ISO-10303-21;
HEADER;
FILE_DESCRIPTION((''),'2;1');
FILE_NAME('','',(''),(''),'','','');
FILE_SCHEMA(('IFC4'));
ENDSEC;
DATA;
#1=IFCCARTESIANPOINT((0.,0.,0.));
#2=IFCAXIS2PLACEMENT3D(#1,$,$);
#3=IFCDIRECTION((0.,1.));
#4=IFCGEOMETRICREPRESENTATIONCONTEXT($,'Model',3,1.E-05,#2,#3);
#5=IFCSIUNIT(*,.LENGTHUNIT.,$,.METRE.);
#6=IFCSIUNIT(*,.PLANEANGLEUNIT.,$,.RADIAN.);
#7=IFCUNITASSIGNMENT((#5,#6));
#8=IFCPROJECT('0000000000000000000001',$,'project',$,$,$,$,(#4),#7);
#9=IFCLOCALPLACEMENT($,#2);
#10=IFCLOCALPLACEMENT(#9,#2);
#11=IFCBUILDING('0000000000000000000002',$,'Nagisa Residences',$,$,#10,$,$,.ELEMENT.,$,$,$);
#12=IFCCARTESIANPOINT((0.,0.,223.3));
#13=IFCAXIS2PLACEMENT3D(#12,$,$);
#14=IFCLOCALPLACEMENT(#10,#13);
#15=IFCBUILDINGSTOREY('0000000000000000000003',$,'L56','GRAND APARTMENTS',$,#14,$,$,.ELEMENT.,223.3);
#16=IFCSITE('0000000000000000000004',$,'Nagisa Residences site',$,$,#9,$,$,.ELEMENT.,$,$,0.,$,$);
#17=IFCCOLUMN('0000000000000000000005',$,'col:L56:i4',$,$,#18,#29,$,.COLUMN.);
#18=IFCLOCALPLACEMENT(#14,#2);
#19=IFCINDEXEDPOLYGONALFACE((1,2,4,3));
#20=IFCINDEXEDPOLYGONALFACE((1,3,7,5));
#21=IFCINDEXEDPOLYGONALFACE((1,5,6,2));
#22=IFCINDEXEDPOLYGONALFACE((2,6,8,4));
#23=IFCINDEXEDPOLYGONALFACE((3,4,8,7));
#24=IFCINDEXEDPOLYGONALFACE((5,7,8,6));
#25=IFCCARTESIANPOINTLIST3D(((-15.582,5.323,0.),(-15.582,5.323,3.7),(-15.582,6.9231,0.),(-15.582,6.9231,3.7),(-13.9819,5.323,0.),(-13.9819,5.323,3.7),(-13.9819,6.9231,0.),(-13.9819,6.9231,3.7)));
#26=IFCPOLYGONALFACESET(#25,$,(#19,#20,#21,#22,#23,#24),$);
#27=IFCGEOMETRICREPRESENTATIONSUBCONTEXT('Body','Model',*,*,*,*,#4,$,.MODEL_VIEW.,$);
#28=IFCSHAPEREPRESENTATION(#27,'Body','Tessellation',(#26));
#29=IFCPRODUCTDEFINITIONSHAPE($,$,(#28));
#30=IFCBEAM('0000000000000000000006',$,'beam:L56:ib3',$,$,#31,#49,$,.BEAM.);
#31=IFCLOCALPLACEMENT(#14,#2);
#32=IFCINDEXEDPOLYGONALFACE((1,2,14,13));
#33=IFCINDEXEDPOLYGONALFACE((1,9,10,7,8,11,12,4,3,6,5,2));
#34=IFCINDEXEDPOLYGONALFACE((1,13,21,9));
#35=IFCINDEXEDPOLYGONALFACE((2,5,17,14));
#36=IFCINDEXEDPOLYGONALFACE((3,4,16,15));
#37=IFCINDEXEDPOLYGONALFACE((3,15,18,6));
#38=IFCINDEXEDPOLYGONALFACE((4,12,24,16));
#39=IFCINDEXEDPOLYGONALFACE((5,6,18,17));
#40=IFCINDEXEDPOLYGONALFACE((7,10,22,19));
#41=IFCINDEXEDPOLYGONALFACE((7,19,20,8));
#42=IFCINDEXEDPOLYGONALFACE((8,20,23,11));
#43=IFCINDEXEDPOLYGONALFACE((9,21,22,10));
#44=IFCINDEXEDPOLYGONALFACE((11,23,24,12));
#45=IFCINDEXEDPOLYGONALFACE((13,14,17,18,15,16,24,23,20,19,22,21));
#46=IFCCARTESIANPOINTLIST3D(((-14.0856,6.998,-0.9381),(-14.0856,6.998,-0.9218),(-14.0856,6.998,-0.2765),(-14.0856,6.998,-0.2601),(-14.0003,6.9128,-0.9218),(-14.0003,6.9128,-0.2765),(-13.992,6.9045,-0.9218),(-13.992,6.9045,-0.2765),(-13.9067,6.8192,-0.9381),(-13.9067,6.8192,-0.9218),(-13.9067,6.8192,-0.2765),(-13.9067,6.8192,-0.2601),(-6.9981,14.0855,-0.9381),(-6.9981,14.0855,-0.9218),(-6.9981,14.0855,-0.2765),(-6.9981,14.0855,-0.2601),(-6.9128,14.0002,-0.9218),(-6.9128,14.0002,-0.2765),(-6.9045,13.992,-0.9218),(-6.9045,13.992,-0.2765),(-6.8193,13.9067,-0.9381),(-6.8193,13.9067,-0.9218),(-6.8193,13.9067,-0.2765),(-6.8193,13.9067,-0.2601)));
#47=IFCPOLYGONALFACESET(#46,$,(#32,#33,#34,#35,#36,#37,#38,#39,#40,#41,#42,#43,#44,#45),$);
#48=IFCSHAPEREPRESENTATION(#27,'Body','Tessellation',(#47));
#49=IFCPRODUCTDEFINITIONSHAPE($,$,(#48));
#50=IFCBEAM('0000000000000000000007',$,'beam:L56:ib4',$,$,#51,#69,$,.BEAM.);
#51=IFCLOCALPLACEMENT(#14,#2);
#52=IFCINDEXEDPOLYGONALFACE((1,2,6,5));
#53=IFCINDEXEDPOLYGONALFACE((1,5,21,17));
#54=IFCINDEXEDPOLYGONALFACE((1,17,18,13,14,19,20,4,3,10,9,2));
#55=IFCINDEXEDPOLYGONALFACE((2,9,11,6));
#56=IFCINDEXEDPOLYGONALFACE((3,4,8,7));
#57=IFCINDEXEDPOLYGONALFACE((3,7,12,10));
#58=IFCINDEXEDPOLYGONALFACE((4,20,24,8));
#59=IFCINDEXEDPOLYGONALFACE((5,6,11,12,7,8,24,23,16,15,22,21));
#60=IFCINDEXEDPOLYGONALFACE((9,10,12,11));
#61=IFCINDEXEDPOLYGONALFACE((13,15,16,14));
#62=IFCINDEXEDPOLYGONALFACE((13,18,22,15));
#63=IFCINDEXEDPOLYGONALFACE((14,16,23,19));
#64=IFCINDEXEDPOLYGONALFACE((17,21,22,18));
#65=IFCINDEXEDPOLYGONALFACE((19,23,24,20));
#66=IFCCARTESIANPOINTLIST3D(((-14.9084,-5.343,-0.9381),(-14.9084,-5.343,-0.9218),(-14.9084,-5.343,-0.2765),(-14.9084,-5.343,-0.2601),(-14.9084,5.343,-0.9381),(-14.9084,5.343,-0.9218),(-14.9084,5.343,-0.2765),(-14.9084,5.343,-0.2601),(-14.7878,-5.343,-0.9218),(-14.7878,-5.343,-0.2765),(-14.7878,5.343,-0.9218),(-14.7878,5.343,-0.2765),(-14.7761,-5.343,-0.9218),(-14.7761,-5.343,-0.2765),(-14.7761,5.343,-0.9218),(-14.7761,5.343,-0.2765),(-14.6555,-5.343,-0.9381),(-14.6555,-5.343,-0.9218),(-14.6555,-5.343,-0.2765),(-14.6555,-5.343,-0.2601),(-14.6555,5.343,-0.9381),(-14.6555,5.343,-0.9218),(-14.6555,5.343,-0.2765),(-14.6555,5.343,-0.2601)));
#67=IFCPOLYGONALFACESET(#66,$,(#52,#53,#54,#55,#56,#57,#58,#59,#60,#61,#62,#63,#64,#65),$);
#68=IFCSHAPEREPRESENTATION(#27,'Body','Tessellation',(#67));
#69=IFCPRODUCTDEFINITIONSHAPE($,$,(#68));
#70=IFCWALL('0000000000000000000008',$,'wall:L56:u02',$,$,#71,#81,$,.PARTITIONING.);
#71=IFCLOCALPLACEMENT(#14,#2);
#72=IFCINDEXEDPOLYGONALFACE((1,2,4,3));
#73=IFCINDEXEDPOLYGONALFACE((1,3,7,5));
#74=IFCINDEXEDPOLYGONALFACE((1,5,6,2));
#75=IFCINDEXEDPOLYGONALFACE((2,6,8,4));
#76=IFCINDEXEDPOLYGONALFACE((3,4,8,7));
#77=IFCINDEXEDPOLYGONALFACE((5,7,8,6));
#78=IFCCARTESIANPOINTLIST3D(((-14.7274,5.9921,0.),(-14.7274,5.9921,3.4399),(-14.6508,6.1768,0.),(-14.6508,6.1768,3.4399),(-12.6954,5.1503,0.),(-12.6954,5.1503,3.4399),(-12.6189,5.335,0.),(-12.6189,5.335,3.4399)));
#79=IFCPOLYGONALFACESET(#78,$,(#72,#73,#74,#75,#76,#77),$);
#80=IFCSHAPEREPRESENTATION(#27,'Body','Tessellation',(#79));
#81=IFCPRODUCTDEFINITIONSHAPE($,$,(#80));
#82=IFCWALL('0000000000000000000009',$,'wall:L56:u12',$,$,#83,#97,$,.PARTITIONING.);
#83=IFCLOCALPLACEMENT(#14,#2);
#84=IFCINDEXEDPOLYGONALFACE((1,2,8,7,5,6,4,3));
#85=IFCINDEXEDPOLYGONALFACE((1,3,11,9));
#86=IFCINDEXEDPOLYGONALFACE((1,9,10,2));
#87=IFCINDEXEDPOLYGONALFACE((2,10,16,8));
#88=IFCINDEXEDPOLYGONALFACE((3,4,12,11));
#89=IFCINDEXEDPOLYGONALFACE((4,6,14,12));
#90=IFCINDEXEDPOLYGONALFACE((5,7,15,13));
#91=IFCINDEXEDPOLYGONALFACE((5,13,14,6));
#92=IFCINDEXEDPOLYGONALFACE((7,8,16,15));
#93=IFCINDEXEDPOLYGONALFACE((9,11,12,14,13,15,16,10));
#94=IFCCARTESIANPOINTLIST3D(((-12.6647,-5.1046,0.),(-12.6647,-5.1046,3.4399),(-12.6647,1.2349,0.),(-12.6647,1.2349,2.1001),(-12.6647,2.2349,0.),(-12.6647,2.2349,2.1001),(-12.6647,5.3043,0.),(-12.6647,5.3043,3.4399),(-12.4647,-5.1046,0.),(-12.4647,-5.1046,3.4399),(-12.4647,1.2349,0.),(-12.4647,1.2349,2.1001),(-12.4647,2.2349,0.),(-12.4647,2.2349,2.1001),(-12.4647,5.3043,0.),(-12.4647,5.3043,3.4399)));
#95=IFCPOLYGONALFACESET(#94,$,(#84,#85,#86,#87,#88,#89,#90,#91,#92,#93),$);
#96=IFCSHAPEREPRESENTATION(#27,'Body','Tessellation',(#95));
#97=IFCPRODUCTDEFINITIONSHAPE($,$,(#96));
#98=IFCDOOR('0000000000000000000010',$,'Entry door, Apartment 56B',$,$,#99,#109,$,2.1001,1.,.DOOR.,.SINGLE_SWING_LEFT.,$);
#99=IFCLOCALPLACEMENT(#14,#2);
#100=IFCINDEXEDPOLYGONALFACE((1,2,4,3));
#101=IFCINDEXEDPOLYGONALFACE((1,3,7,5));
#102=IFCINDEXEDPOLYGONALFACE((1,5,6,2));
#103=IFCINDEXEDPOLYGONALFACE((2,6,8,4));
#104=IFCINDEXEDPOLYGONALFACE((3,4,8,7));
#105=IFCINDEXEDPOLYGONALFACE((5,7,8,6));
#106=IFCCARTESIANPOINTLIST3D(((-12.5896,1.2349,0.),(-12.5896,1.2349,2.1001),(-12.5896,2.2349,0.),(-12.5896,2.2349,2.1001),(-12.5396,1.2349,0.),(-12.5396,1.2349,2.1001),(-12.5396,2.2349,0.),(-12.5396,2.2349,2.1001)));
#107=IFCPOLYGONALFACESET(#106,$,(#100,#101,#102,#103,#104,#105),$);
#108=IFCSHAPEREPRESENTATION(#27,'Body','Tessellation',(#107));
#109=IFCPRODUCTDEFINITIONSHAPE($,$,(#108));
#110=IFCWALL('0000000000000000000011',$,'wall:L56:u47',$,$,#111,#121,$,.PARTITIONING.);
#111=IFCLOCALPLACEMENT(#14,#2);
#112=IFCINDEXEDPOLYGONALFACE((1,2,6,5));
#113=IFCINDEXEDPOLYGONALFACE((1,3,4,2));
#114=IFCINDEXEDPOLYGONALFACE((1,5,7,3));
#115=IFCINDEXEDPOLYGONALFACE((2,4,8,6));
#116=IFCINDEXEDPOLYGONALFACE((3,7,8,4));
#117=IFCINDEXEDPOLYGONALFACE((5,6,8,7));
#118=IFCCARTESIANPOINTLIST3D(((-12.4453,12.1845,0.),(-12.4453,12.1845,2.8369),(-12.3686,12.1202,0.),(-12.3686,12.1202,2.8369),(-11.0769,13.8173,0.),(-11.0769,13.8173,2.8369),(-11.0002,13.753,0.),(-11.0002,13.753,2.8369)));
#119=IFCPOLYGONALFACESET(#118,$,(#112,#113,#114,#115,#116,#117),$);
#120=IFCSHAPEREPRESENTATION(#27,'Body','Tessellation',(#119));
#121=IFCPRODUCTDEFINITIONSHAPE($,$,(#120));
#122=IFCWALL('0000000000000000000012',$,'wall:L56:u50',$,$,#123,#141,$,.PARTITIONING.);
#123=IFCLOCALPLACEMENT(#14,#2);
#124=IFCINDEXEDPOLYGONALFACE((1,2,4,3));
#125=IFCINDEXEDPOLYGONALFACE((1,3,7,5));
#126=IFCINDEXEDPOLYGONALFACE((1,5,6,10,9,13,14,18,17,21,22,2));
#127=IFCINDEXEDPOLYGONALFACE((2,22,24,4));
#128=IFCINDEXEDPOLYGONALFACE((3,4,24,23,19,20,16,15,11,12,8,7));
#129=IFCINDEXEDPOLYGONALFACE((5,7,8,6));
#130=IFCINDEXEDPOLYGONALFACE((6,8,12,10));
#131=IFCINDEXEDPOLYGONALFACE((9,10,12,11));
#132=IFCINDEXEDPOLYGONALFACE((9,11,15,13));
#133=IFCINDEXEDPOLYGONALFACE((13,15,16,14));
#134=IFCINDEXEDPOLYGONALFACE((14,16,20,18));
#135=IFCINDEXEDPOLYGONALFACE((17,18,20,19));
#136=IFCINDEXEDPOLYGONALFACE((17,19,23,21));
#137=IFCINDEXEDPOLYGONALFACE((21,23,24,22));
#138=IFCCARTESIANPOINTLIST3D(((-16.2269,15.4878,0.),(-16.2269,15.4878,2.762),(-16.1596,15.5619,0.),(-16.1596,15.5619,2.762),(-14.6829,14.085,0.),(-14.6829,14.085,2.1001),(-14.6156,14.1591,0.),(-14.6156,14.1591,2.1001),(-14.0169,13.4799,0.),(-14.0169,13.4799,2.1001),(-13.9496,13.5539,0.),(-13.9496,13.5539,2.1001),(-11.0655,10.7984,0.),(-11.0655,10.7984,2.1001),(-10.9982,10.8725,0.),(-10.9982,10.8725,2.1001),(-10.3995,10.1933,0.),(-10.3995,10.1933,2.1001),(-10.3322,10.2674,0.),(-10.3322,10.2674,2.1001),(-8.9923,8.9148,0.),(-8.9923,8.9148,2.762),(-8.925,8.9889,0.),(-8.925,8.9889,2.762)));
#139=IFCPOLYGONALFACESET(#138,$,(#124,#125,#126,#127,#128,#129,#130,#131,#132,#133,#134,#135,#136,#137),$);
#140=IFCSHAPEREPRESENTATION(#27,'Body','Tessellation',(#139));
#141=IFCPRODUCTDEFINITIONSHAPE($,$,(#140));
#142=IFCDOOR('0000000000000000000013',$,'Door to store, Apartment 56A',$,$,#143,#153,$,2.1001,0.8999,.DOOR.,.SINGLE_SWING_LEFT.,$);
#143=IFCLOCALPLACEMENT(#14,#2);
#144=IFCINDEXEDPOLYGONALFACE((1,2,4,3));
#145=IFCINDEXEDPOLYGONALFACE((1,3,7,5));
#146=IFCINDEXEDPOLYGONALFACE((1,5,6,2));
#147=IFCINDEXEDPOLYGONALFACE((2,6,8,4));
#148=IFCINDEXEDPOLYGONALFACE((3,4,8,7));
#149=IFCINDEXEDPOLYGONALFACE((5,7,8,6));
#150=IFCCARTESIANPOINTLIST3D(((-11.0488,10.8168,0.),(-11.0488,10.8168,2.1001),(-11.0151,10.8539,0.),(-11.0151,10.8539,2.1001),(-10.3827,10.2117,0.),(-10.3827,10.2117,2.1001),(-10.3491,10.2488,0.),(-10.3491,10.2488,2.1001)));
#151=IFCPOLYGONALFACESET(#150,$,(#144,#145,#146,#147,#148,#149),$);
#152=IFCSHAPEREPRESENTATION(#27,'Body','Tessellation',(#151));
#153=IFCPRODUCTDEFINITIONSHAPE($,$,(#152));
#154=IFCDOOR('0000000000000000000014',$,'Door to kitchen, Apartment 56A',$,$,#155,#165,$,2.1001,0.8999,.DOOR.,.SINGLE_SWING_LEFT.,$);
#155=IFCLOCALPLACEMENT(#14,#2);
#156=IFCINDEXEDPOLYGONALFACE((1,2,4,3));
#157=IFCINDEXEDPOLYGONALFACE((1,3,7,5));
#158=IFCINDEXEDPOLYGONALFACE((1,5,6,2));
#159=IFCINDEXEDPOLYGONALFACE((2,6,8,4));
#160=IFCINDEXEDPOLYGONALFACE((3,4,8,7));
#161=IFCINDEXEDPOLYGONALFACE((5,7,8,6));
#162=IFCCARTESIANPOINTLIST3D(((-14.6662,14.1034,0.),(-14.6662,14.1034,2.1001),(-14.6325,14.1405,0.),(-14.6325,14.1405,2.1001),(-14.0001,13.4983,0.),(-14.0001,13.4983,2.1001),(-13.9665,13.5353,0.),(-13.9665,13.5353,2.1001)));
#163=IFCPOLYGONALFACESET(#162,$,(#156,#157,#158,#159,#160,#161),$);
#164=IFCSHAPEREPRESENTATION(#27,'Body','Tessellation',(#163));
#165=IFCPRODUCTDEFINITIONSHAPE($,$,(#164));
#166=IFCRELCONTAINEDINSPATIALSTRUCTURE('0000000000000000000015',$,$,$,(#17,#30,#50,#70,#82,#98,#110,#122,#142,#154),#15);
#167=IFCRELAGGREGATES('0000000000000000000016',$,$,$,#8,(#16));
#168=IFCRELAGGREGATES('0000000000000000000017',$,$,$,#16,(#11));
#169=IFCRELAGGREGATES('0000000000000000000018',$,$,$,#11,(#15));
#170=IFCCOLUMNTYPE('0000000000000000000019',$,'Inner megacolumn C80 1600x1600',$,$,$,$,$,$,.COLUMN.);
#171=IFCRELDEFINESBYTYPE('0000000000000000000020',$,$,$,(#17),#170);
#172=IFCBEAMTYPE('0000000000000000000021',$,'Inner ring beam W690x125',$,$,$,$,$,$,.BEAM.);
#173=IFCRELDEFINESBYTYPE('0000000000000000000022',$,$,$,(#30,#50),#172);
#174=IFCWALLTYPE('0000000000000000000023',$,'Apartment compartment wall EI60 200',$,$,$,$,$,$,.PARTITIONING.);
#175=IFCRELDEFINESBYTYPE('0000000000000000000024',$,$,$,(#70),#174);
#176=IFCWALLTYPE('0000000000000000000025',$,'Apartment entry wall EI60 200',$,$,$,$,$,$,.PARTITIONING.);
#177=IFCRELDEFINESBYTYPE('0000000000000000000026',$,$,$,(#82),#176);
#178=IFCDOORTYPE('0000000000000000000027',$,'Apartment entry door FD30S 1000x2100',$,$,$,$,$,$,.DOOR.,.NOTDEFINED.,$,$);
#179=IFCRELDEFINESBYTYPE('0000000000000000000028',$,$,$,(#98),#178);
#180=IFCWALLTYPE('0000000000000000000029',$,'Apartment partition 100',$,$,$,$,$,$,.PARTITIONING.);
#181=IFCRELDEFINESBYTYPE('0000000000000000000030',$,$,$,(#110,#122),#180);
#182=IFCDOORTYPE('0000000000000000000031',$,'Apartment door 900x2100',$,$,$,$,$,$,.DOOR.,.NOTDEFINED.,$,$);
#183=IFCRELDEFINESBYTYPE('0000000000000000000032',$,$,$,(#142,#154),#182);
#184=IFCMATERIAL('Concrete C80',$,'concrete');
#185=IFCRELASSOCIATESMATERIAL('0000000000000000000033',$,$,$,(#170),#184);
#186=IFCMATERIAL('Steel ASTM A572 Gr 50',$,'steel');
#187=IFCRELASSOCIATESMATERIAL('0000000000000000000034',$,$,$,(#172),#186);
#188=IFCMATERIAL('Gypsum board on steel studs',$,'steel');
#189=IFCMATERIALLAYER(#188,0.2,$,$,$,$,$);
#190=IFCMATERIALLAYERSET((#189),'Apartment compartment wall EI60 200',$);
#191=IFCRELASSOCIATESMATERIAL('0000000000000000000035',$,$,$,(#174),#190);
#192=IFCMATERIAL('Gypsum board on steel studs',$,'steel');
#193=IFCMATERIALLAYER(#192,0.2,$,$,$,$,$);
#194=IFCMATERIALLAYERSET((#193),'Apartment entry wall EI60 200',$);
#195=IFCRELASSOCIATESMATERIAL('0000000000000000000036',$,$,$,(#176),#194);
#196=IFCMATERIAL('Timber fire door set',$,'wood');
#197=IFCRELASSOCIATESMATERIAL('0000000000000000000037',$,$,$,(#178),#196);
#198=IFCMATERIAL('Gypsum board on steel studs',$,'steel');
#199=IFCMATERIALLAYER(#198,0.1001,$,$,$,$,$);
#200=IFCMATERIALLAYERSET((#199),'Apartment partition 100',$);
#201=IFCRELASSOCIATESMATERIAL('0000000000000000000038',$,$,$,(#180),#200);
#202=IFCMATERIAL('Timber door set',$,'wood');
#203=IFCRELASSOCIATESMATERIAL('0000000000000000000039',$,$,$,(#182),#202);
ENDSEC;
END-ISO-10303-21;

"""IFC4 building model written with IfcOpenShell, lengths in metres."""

from ifc_helpers import new_model, si_unit, direction, frame, frame_2d, origin, origin_2d, place, context, subcontext, project, spatial, rectangle, i_section, extrude, material, layer, layer_set, material_profile, profile_set, type_object, element, fill, save


model = new_model("IFC4")

# Units and contexts
model_context = context("Model", 3, precision=1e-05, world=origin(), true_north=direction((0.0, 1.0)))
body_context = subcontext(model_context, "Body", "Model", "MODEL_VIEW")
ifc_project = project(units=[si_unit("LENGTHUNIT", "METRE"), si_unit("PLANEANGLEUNIT", "RADIAN")], contexts=[model_context])

# Site, building, storey
site_placement = place(None, origin())
site = spatial("IfcSite", under=ifc_project, at=site_placement, Name="Nagisa Residences site", CompositionType="ELEMENT", RefElevation=0.0)
building_placement = place(site_placement, origin())
building = spatial("IfcBuilding", under=site, at=building_placement, Name="Nagisa Residences", CompositionType="ELEMENT")
storey_placement = place(building_placement, frame((0.0, 0.0, 223.3)))
storey = spatial("IfcBuildingStorey", under=building, at=storey_placement, Name="L56", Description="GRAND APARTMENTS", CompositionType="ELEMENT", Elevation=223.3)

# Column
ifc_material_1 = material(Name="Concrete C80", Category="concrete")
ifc_material_profile_1 = material_profile(ifc_material_1, rectangle(XDim=1.6001, YDim=1.6001, at=origin_2d()), Name="C80 1600x1600")
ifc_profile_set_1 = profile_set([ifc_material_profile_1], Name="Concrete C80")
column_type = type_object("IfcColumnType", Name="Inner megacolumn C80 1600x1600", PredefinedType="COLUMN", material=ifc_profile_set_1)
column_placement = place(storey_placement, frame((-14.782, 6.123, 0.0), z_axis=(0.0, 0.0, 1.0), x_axis=(1.0, 0.0, 0.0)))
element("IfcColumn", 1, at=column_placement, inside=storey, type_object=column_type, Name="col:L56:i4", PredefinedType="COLUMN", context=body_context, shape_type="SweptSolid", body=[
    extrude(rectangle(XDim=1.6001, YDim=1.6001, at=origin_2d()), origin(), (0.0, 0.0, 1.0), 3.7),
])

# Beams
ifc_material_2 = material(Name="Steel ASTM A572 Gr 50", Category="steel")
ifc_material_profile_2 = material_profile(ifc_material_2, i_section(OverallWidth=0.2529, OverallDepth=0.678, WebThickness=0.0117, FlangeThickness=0.0164, at=origin_2d()), Name="W690x125")
ifc_profile_set_2 = profile_set([ifc_material_profile_2], Name="Steel ASTM A572 Gr 50")
beam_type = type_object("IfcBeamType", Name="Inner ring beam W690x125", PredefinedType="BEAM", material=ifc_profile_set_2)
beam_1_placement = place(storey_placement, frame((-6.9087, 13.9961, -0.5991), z_axis=(-0.707107, -0.707107, 0.0), x_axis=(0.707107, -0.707107, 0.0)))
element("IfcBeam", 2, at=beam_1_placement, inside=storey, type_object=beam_type, Name="beam:L56:ib3", PredefinedType="BEAM", context=body_context, shape_type="SweptSolid", body=[
    extrude(i_section(OverallWidth=0.2529, OverallDepth=0.678, WebThickness=0.0117, FlangeThickness=0.0164, at=origin_2d()), origin(), (0.0, 0.0, 1.0), 10.0232),
])
beam_2_placement = place(storey_placement, frame((-14.782, 5.343, -0.5991), z_axis=(0.0, -1.0, 0.0), x_axis=(1.0, 0.0, 0.0)))
element("IfcBeam", 3, at=beam_2_placement, inside=storey, type_object=beam_type, Name="beam:L56:ib4", PredefinedType="BEAM", context=body_context, shape_type="SweptSolid", body=[
    extrude(i_section(OverallWidth=0.2529, OverallDepth=0.678, WebThickness=0.0117, FlangeThickness=0.0164, at=origin_2d()), origin(), (0.0, 0.0, 1.0), 10.686),
])

# Wall
ifc_material_3 = material(Name="Gypsum board on steel studs", Category="steel")
ifc_layer_1 = layer(ifc_material_3, 0.2)
ifc_layer_set_1 = layer_set([ifc_layer_1], Name="Apartment compartment wall EI60 200")
wall_type_1 = type_object("IfcWallType", Name="Apartment compartment wall EI60 200", PredefinedType="PARTITIONING", material=ifc_layer_set_1)
wall_1_placement = place(storey_placement, frame((-12.6572, 5.2427, 0.0), z_axis=(0.0, 0.0, 1.0), x_axis=(-0.92386, 0.382731, 0.0)))
element("IfcWall", 4, at=wall_1_placement, inside=storey, type_object=wall_type_1, Name="wall:L56:u02", PredefinedType="PARTITIONING", context=body_context, shape_type="SweptSolid", body=[
    extrude(rectangle(XDim=2.1995, YDim=0.2, at=frame_2d((1.0996, 0.0))), origin(), (0.0, 0.0, 1.0), 3.4399),
])

# Wall, opening, door
ifc_material_4 = material(Name="Gypsum board on steel studs", Category="steel")
ifc_layer_2 = layer(ifc_material_4, 0.2)
ifc_layer_set_2 = layer_set([ifc_layer_2], Name="Apartment entry wall EI60 200")
wall_type_2 = type_object("IfcWallType", Name="Apartment entry wall EI60 200", PredefinedType="PARTITIONING", material=ifc_layer_set_2)
wall_2_placement = place(storey_placement, frame((-12.5647, 5.3044, 0.0), z_axis=(0.0, 0.0, 1.0), x_axis=(0.0, -1.0, 0.0)))
wall_2 = element("IfcWall", 5, at=wall_2_placement, inside=storey, type_object=wall_type_2, Name="wall:L56:u12", PredefinedType="PARTITIONING", context=body_context, shape_type="SweptSolid", body=[
    extrude(rectangle(XDim=10.4089, YDim=0.2, at=frame_2d((5.2046, 0.0))), origin(), (0.0, 0.0, 1.0), 3.4399),
])
opening_1_placement = place(wall_2_placement, frame((3.0696, 0.0, 0.0)))
opening_1 = element("IfcOpeningElement", 6, at=opening_1_placement, cuts=wall_2, PredefinedType="OPENING", context=body_context, shape_type="SweptSolid", body=[
    extrude(rectangle(XDim=1.0, YDim=2.1001, at=frame_2d((0.5, 1.05))), frame((0.0, 0.1099, 0.0), z_axis=(0.0, -1.0, 0.0), x_axis=(1.0, 0.0, 0.0)), (0.0, 0.0, 1.0), 0.22),
])
ifc_material_5 = material(Name="Timber fire door set", Category="wood")
door_type_1 = type_object("IfcDoorType", Name="Apartment entry door FD30S 1000x2100", OperationType="NOTDEFINED", PredefinedType="DOOR", material=ifc_material_5)
door_1_placement = place(opening_1_placement, frame((1.0, 0.0, 0.0), x_axis=(-1.0, 0.0, 0.0)))
door_1 = element("IfcDoor", 7, at=door_1_placement, inside=storey, type_object=door_type_1, Name="Entry door, Apartment 56B", OperationType="SINGLE_SWING_LEFT", OverallHeight=2.1001, OverallWidth=1.0, PredefinedType="DOOR", context=body_context, shape_type="SweptSolid", body=[
    extrude(rectangle(XDim=1.0, YDim=2.1001, at=frame_2d((0.5, 1.05))), frame((0.0, 0.0249, 0.0), z_axis=(0.0, -1.0, 0.0), x_axis=(1.0, 0.0, 0.0)), (0.0, 0.0, 1.0), 0.05),
])
fill(opening_1, door_1)

# Wall
ifc_material_6 = material(Name="Gypsum board on steel studs", Category="steel")
ifc_layer_3 = layer(ifc_material_6, 0.1001)
ifc_layer_set_3 = layer_set([ifc_layer_3], Name="Apartment partition 100")
wall_type_3 = type_object("IfcWallType", Name="Apartment partition 100", PredefinedType="PARTITIONING", material=ifc_layer_set_3)
wall_3_placement = place(storey_placement, frame((-11.0386, 13.7852, 0.0), z_axis=(0.0, 0.0, 1.0), x_axis=(-0.642324, -0.766434, 0.0)))
element("IfcWall", 8, at=wall_3_placement, inside=storey, type_object=wall_type_3, Name="wall:L56:u47", PredefinedType="PARTITIONING", context=body_context, shape_type="SweptSolid", body=[
    extrude(rectangle(XDim=2.1304, YDim=0.1001, at=frame_2d((1.0652, 0.0))), origin(), (0.0, 0.0, 1.0), 2.8369),
])

# Wall, openings, doors
wall_4_placement = place(storey_placement, frame((-8.9587, 8.9519, 0.0), z_axis=(0.0, 0.0, 1.0), x_axis=(-0.74014, 0.672453, 0.0)))
wall_4 = element("IfcWall", 9, at=wall_4_placement, inside=storey, type_object=wall_type_3, Name="wall:L56:u50", PredefinedType="PARTITIONING", context=body_context, shape_type="SweptSolid", body=[
    extrude(rectangle(XDim=9.7747, YDim=0.1001, at=frame_2d((4.8872, 0.0))), origin(), (0.0, 0.0, 1.0), 2.762),
])
opening_2_placement = place(wall_4_placement, frame((1.9011, 0.0, 0.0)))
opening_2 = element("IfcOpeningElement", 10, at=opening_2_placement, cuts=wall_4, PredefinedType="OPENING", context=body_context, shape_type="SweptSolid", body=[
    extrude(rectangle(XDim=0.8999, YDim=2.1001, at=frame_2d((0.45, 1.05))), frame((0.0, 0.0601, 0.0), z_axis=(0.0, -1.0, 0.0), x_axis=(1.0, 0.0, 0.0)), (0.0, 0.0, 1.0), 0.1201),
])
opening_3_placement = place(wall_4_placement, frame((6.7886, 0.0, 0.0)))
opening_3 = element("IfcOpeningElement", 11, at=opening_3_placement, cuts=wall_4, PredefinedType="OPENING", context=body_context, shape_type="SweptSolid", body=[
    extrude(rectangle(XDim=0.8999, YDim=2.1001, at=frame_2d((0.45, 1.05))), frame((0.0, 0.0601, 0.0), z_axis=(0.0, -1.0, 0.0), x_axis=(1.0, 0.0, 0.0)), (0.0, 0.0, 1.0), 0.1201),
])
ifc_material_7 = material(Name="Timber door set", Category="wood")
door_type_2 = type_object("IfcDoorType", Name="Apartment door 900x2100", OperationType="NOTDEFINED", PredefinedType="DOOR", material=ifc_material_7)
door_2_placement = place(opening_2_placement, frame((0.8999, 0.0, 0.0), x_axis=(-1.0, 0.0, 0.0)))
door_2 = element("IfcDoor", 12, at=door_2_placement, inside=storey, type_object=door_type_2, Name="Door to store, Apartment 56A", OperationType="SINGLE_SWING_LEFT", OverallHeight=2.1001, OverallWidth=0.8999, PredefinedType="DOOR", context=body_context, shape_type="SweptSolid", body=[
    extrude(rectangle(XDim=0.8999, YDim=2.1001, at=frame_2d((0.45, 1.05))), frame((0.0, 0.0249, 0.0), z_axis=(0.0, -1.0, 0.0), x_axis=(1.0, 0.0, 0.0)), (0.0, 0.0, 1.0), 0.05),
])
fill(opening_2, door_2)
door_3_placement = place(opening_3_placement, frame((0.8999, 0.0, 0.0), x_axis=(-1.0, 0.0, 0.0)))
door_3 = element("IfcDoor", 13, at=door_3_placement, inside=storey, type_object=door_type_2, Name="Door to kitchen, Apartment 56A", OperationType="SINGLE_SWING_LEFT", OverallHeight=2.1001, OverallWidth=0.8999, PredefinedType="DOOR", context=body_context, shape_type="SweptSolid", body=[
    extrude(rectangle(XDim=0.8999, YDim=2.1001, at=frame_2d((0.45, 1.05))), frame((0.0, 0.0249, 0.0), z_axis=(0.0, -1.0, 0.0), x_axis=(1.0, 0.0, 0.0)), (0.0, 0.0, 1.0), 0.05),
])
fill(opening_3, door_3)

save(model, "model.ifc")
